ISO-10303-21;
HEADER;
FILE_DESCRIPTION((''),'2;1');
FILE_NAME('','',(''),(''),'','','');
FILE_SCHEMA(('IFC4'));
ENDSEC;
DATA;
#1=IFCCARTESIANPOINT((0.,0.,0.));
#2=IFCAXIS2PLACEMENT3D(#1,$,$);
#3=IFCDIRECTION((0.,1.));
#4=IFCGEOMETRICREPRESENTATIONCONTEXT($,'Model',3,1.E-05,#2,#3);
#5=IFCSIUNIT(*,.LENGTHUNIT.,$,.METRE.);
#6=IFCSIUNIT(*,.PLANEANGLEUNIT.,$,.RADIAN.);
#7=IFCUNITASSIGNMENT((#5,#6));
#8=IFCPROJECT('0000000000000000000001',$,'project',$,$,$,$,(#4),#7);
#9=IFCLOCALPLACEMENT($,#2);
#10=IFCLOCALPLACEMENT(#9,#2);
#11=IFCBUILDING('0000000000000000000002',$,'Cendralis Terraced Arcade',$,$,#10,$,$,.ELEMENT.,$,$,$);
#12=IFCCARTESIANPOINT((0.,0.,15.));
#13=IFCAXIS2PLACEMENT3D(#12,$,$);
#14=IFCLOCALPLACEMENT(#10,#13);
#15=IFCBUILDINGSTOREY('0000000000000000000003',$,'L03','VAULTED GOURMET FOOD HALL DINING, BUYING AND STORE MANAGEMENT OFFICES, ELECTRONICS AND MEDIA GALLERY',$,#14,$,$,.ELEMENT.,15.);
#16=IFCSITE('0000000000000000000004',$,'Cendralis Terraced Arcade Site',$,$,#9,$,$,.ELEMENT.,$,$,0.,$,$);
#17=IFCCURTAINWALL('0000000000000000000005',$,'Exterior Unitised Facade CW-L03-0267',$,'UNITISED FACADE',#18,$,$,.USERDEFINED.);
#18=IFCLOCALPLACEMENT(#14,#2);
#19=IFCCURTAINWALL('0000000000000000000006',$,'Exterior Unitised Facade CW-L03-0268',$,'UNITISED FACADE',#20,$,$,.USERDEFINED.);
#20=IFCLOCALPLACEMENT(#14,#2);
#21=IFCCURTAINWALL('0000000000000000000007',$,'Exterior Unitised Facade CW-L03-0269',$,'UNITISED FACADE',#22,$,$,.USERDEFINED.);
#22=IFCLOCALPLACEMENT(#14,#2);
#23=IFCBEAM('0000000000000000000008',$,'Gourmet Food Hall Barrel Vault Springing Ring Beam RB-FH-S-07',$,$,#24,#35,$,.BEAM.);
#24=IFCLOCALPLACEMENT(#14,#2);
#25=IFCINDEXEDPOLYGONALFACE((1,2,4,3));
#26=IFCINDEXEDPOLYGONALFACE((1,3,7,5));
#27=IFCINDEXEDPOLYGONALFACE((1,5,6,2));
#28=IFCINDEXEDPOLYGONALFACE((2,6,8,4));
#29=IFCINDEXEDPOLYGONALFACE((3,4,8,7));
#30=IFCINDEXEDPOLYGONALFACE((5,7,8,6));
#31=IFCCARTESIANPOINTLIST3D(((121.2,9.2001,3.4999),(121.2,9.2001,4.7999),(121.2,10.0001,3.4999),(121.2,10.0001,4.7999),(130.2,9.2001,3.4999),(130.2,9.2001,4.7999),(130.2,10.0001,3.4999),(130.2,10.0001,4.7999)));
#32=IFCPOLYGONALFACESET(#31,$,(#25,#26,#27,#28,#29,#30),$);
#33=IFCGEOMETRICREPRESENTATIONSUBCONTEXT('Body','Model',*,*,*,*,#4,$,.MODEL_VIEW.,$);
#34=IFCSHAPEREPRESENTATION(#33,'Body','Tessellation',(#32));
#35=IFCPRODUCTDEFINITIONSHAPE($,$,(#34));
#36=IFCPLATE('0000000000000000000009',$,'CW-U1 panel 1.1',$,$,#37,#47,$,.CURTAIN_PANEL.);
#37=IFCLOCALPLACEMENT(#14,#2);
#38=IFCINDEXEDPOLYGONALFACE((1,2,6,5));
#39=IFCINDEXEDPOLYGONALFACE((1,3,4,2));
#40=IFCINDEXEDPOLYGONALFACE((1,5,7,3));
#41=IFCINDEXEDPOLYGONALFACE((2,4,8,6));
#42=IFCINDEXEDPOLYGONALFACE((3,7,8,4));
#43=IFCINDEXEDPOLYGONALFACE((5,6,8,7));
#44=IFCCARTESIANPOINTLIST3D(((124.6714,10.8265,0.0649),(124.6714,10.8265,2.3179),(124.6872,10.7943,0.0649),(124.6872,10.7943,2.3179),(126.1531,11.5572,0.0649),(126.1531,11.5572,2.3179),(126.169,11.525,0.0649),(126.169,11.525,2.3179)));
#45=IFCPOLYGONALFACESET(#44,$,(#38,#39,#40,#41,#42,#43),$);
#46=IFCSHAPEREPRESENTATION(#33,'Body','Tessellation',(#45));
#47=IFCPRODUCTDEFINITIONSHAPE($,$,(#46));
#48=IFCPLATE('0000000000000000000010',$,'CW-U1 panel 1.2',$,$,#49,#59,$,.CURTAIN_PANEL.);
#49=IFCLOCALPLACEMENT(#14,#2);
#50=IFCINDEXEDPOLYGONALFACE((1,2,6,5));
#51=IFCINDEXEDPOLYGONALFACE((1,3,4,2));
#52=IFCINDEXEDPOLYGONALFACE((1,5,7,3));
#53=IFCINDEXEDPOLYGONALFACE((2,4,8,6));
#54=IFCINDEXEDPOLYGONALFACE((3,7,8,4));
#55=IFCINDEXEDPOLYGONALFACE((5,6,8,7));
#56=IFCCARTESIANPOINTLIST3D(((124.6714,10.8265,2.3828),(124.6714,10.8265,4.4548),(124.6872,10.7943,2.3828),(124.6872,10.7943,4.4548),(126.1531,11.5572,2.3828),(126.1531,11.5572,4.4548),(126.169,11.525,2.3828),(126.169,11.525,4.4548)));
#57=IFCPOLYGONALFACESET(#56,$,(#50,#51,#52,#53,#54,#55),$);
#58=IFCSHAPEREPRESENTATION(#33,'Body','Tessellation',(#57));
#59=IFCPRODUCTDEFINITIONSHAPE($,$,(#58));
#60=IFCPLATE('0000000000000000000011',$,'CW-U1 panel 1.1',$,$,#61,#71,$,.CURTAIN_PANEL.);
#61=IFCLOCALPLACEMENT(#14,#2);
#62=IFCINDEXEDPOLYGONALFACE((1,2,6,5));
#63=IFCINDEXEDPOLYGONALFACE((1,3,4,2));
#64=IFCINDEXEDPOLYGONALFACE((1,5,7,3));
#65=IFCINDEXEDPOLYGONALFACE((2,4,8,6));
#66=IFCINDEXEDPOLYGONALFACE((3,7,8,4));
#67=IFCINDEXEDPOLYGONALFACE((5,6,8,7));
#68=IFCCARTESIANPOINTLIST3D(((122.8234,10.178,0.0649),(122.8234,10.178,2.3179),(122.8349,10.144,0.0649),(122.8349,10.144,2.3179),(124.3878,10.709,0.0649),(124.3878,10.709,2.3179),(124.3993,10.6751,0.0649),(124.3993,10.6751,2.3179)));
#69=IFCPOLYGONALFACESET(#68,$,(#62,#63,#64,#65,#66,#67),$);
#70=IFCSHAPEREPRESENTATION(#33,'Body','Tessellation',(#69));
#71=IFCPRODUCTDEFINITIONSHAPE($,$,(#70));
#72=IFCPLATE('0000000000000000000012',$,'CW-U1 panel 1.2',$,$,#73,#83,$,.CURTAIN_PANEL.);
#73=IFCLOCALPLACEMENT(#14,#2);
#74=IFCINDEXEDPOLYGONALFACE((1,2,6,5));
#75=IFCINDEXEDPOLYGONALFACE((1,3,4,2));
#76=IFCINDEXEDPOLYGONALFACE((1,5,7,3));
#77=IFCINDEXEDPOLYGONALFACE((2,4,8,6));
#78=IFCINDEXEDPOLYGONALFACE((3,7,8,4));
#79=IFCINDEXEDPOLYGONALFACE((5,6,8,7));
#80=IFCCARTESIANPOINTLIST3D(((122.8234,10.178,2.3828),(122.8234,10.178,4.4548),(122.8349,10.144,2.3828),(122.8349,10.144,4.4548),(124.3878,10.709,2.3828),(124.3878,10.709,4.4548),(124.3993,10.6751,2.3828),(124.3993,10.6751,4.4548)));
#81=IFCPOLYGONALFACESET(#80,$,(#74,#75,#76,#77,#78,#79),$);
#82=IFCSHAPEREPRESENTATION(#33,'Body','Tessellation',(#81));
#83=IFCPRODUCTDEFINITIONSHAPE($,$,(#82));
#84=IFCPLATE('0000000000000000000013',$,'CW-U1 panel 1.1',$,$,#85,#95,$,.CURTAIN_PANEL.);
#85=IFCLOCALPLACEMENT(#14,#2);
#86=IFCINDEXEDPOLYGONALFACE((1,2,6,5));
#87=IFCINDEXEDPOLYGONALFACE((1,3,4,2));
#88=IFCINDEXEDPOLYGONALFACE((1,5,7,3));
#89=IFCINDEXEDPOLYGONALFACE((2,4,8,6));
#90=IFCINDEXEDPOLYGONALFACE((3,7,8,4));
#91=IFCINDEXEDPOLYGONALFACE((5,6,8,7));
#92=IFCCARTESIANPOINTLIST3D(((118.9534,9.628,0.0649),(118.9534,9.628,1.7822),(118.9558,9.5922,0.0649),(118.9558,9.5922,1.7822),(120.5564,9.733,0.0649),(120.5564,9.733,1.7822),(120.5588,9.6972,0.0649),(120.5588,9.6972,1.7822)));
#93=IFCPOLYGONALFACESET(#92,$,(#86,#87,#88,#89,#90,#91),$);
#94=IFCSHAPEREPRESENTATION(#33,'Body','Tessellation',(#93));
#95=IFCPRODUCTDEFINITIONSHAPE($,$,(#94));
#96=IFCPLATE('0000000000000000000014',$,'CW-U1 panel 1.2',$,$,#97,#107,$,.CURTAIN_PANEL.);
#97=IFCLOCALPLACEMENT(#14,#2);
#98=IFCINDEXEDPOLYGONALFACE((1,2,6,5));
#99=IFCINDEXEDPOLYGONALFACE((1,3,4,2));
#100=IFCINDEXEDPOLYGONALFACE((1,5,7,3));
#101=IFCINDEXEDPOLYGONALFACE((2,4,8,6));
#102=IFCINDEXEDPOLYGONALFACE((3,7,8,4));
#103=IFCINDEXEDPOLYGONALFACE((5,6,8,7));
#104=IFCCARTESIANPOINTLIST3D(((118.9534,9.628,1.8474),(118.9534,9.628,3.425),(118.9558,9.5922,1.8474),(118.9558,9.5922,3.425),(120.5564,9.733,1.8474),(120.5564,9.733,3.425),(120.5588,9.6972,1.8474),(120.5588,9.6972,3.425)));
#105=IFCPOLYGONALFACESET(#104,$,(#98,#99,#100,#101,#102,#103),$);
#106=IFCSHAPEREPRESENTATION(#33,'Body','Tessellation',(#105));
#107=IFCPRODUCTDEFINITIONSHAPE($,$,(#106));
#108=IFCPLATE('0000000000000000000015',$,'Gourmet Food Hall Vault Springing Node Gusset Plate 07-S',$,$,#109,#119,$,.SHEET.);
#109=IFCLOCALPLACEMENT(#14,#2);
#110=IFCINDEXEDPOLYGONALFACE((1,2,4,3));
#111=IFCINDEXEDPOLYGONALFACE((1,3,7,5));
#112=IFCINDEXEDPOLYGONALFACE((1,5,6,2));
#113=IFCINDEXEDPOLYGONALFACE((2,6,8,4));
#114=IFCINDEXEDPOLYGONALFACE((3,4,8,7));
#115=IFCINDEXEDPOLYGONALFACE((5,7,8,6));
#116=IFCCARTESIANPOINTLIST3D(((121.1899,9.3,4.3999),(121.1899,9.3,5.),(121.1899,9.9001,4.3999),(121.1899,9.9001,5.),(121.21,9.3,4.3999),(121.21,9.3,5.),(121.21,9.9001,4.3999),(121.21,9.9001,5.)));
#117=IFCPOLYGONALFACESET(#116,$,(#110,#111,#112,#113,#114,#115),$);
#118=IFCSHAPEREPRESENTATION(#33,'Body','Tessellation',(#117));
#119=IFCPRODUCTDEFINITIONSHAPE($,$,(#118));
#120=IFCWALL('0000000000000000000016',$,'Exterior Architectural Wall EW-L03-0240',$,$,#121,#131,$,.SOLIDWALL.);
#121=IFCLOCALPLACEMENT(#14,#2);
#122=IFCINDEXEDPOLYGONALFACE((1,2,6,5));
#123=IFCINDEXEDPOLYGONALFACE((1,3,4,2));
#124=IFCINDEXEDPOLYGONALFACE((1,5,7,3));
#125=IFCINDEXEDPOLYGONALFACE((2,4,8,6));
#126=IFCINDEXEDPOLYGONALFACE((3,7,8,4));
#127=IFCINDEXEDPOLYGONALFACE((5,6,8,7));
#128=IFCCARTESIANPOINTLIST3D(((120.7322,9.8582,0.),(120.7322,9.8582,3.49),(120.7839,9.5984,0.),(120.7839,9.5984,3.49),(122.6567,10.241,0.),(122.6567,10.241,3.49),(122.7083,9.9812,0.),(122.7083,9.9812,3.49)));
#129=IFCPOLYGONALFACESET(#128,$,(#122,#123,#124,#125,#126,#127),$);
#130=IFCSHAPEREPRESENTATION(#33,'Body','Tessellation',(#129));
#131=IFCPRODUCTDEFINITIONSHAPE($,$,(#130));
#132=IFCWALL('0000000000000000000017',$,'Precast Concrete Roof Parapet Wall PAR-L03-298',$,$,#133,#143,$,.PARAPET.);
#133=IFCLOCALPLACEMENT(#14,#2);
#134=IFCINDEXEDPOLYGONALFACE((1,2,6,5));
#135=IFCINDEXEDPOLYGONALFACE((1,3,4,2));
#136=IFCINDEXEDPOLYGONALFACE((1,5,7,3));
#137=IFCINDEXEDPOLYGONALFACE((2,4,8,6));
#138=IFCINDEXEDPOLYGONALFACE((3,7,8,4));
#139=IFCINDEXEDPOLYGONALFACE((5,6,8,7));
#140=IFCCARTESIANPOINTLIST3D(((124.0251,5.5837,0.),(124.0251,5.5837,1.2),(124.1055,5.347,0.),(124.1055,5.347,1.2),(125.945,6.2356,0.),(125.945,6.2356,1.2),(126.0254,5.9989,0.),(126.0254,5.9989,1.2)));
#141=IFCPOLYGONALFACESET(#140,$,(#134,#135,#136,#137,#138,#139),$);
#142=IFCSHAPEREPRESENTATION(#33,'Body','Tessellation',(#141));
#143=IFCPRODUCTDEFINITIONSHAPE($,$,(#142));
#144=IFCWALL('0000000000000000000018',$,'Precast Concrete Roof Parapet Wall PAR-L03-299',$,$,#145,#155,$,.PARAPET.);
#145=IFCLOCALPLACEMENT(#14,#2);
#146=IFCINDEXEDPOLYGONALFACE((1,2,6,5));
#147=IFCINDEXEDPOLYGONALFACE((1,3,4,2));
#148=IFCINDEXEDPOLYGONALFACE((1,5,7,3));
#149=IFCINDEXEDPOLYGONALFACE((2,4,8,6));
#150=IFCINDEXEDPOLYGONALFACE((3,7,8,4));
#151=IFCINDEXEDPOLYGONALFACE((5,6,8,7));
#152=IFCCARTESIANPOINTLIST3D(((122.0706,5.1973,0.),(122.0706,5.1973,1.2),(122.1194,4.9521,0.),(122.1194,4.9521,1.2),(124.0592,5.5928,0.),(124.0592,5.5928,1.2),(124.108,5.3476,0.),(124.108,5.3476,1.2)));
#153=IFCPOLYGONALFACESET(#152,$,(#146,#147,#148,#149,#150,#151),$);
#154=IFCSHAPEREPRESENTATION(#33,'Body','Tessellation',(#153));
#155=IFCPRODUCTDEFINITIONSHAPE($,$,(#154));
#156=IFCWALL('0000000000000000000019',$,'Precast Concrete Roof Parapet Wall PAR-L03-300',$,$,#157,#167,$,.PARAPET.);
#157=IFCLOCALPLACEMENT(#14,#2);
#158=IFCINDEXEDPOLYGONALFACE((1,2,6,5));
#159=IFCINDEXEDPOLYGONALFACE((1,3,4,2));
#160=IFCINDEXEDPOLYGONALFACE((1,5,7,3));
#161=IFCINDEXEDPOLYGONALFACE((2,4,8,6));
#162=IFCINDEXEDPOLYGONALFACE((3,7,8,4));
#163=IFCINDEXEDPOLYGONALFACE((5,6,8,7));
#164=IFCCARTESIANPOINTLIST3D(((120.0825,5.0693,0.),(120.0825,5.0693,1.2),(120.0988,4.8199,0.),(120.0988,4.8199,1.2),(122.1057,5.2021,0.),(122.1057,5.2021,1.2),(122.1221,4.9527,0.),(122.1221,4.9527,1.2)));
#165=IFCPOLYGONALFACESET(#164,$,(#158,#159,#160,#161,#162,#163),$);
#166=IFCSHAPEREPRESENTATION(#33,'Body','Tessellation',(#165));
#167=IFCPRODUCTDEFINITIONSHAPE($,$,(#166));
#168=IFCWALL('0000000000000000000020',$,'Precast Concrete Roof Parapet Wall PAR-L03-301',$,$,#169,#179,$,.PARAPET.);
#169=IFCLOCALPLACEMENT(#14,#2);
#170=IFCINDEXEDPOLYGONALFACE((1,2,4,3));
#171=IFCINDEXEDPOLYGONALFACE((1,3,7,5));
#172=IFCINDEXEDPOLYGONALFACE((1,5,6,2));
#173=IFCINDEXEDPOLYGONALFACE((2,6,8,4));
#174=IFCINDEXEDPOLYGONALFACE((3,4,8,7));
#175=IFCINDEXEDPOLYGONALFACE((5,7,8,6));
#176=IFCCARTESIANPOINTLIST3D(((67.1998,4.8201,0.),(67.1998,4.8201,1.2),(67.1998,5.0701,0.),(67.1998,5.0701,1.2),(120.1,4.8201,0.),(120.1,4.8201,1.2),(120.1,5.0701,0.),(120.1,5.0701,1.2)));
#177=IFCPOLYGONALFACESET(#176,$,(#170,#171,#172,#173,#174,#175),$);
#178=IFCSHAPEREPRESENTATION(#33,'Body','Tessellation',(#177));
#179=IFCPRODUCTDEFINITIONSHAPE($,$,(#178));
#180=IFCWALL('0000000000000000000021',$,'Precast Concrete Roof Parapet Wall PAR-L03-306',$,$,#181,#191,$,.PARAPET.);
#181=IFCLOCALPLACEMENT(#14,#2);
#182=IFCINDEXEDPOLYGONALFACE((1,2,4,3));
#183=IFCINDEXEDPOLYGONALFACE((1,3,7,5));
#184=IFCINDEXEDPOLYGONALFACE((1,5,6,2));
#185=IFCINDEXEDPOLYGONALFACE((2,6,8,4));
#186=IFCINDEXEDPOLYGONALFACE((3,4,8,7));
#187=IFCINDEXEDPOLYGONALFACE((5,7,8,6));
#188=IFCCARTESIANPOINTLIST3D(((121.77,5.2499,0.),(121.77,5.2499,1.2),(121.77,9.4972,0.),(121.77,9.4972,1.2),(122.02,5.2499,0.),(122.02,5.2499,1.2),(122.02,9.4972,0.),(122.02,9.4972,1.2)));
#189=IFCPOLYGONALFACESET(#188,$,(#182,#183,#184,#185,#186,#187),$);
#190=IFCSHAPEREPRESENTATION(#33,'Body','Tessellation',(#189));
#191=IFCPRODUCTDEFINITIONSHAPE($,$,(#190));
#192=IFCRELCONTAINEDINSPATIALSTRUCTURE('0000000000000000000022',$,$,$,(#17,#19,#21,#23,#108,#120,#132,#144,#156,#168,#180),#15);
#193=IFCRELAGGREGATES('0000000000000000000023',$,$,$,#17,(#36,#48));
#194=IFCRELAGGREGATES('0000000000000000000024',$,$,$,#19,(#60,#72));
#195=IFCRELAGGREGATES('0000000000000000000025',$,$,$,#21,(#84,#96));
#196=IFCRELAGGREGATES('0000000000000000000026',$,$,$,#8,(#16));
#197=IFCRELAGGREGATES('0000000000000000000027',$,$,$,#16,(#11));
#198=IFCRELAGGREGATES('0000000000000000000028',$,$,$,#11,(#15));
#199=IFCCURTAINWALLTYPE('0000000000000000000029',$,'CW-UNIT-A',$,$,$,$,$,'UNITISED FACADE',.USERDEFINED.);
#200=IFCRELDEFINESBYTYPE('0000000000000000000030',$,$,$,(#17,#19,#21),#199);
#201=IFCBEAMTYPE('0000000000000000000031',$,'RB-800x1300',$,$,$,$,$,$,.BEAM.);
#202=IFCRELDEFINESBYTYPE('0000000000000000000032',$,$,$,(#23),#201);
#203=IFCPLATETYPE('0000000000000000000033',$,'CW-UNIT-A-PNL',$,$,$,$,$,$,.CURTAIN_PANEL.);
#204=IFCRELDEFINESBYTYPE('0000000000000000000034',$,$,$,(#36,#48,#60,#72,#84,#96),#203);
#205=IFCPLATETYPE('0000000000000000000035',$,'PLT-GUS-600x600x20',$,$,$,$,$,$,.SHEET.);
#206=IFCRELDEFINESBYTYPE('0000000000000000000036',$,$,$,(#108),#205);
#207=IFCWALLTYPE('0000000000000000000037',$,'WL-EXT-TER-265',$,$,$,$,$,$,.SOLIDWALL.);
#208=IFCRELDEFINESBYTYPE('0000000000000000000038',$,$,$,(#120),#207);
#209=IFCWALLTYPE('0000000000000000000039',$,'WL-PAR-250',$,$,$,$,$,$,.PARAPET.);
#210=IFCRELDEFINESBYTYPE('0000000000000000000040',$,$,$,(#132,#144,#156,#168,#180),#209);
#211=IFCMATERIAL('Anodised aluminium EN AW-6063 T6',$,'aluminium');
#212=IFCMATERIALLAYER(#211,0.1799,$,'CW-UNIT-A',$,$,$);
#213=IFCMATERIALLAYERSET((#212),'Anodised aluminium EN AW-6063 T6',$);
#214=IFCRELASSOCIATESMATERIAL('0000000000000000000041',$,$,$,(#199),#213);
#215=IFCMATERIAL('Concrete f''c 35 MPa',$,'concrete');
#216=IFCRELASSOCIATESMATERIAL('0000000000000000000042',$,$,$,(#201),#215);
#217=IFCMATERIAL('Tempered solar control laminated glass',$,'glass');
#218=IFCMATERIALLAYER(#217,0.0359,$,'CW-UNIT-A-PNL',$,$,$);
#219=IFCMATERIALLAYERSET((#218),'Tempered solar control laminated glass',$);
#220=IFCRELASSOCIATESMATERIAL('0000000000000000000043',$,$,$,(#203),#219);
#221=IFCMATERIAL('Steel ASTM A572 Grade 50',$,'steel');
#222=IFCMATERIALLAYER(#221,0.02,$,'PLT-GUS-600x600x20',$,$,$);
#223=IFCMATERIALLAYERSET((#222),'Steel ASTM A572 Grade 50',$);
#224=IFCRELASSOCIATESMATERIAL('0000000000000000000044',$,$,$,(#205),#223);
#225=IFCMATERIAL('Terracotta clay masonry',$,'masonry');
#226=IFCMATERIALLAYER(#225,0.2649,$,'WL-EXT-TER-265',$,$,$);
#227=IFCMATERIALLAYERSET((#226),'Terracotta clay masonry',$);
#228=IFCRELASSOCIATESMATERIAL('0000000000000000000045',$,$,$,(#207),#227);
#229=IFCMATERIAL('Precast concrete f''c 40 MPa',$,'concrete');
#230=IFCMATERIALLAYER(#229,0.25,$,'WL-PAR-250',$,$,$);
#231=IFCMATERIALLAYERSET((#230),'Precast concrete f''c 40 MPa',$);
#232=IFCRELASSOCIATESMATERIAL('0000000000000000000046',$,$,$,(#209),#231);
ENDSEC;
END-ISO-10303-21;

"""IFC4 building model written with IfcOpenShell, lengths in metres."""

from ifc_helpers import new_model, si_unit, direction, frame, frame_2d, origin, origin_2d, place, context, subcontext, project, spatial, rectangle, extrude, material, layer, layer_set, material_profile, profile_set, type_object, element, aggregate, save


model = new_model("IFC4")

# Units and contexts
model_context = context("Model", 3, precision=1e-05, world=origin(), true_north=direction((0.0, 1.0)))
body_context = subcontext(model_context, "Body", "Model", "MODEL_VIEW")
ifc_project = project(units=[si_unit("LENGTHUNIT", "METRE"), si_unit("PLANEANGLEUNIT", "RADIAN")], contexts=[model_context])

# Site, building, storey
site_placement = place(None, origin())
site = spatial("IfcSite", under=ifc_project, at=site_placement, Name="Cendralis Terraced Arcade Site", CompositionType="ELEMENT", RefElevation=0.0)
building_placement = place(site_placement, origin())
building = spatial("IfcBuilding", under=site, at=building_placement, Name="Cendralis Terraced Arcade", CompositionType="ELEMENT")
storey_placement = place(building_placement, frame((0.0, 0.0, 15.0)))
storey = spatial("IfcBuildingStorey", under=building, at=storey_placement, Name="L03", Description="VAULTED GOURMET FOOD HALL DINING, BUYING AND STORE MANAGEMENT OFFICES, ELECTRONICS AND MEDIA GALLERY", CompositionType="ELEMENT", Elevation=15.0)

# Curtain wall
ifc_material_1 = material(Name="Anodised aluminium EN AW-6063 T6", Category="aluminium")
ifc_layer_1 = layer(ifc_material_1, 0.1799, Name="CW-UNIT-A")
ifc_layer_set_1 = layer_set([ifc_layer_1], Name="Anodised aluminium EN AW-6063 T6")
curtain_wall_type = type_object("IfcCurtainWallType", Name="CW-UNIT-A", ElementType="UNITISED FACADE", PredefinedType="USERDEFINED", material=ifc_layer_set_1)
curtain_wall_1_placement = place(storey_placement, origin())
curtain_wall_1 = element("IfcCurtainWall", 1, at=curtain_wall_1_placement, inside=storey, type_object=curtain_wall_type, Name="Exterior Unitised Facade CW-L03-0267", ObjectType="UNITISED FACADE", PredefinedType="USERDEFINED")

# Curtain wall
curtain_wall_2_placement = place(storey_placement, origin())
curtain_wall_2 = element("IfcCurtainWall", 2, at=curtain_wall_2_placement, inside=storey, type_object=curtain_wall_type, Name="Exterior Unitised Facade CW-L03-0268", ObjectType="UNITISED FACADE", PredefinedType="USERDEFINED")

# Curtain wall
curtain_wall_3_placement = place(storey_placement, origin())
curtain_wall_3 = element("IfcCurtainWall", 3, at=curtain_wall_3_placement, inside=storey, type_object=curtain_wall_type, Name="Exterior Unitised Facade CW-L03-0269", ObjectType="UNITISED FACADE", PredefinedType="USERDEFINED")

# Beam
ifc_material_2 = material(Name="Concrete f'c 35 MPa", Category="concrete")
ifc_material_profile_1 = material_profile(ifc_material_2, rectangle(XDim=0.8, YDim=1.3, at=origin_2d()), Name="RC-RB-800x1300", Category="LoadBearing")
ifc_profile_set_1 = profile_set([ifc_material_profile_1], Name="Concrete f'c 35 MPa")
beam_type = type_object("IfcBeamType", Name="RB-800x1300", PredefinedType="BEAM", material=ifc_profile_set_1)
beam_placement = place(storey_placement, frame((121.2, 9.6001, 4.1499), z_axis=(1.0, 0.0, 0.0), x_axis=(0.0, 1.0, 0.0)))
element("IfcBeam", 4, at=beam_placement, inside=storey, type_object=beam_type, Name="Gourmet Food Hall Barrel Vault Springing Ring Beam RB-FH-S-07", PredefinedType="BEAM", context=body_context, shape_type="SweptSolid", body=[
    extrude(rectangle(XDim=0.8, YDim=1.3, at=origin_2d()), origin(), (0.0, 0.0, 1.0), 9.0),
])

# Plates
ifc_material_3 = material(Name="Tempered solar control laminated glass", Category="glass")
ifc_layer_2 = layer(ifc_material_3, 0.0359, Name="CW-UNIT-A-PNL")
ifc_layer_set_2 = layer_set([ifc_layer_2], Name="Tempered solar control laminated glass")
plate_type_1 = type_object("IfcPlateType", Name="CW-UNIT-A-PNL", PredefinedType="CURTAIN_PANEL", material=ifc_layer_set_2)
plate_1_placement = place(storey_placement, frame((125.4202, 11.1758, 0.0649), z_axis=(0.0, 0.0, 1.0), x_axis=(-0.896871, -0.442291, 0.0)))
plate_1 = element("IfcPlate", 5, at=plate_1_placement, type_object=plate_type_1, Name="CW-U1 panel 1.1", PredefinedType="CURTAIN_PANEL", context=body_context, shape_type="SweptSolid", body=[
    extrude(rectangle(XDim=1.6521, YDim=0.0359, at=origin_2d()), origin(), (0.0, 0.0, 1.0), 2.2529),
])
plate_2_placement = place(storey_placement, frame((125.4202, 11.1758, 2.3828), z_axis=(0.0, 0.0, 1.0), x_axis=(-0.896871, -0.442291, 0.0)))
plate_2 = element("IfcPlate", 6, at=plate_2_placement, type_object=plate_type_1, Name="CW-U1 panel 1.2", PredefinedType="CURTAIN_PANEL", context=body_context, shape_type="SweptSolid", body=[
    extrude(rectangle(XDim=1.6521, YDim=0.0359, at=origin_2d()), origin(), (0.0, 0.0, 1.0), 2.072),
])
aggregate(curtain_wall_1, [plate_1, plate_2])
plate_3_placement = place(storey_placement, frame((123.6113, 10.4265, 0.0649), z_axis=(0.0, 0.0, 1.0), x_axis=(-0.946924, -0.321458, 0.0)))
plate_3 = element("IfcPlate", 7, at=plate_3_placement, type_object=plate_type_1, Name="CW-U1 panel 1.1", PredefinedType="CURTAIN_PANEL", context=body_context, shape_type="SweptSolid", body=[
    extrude(rectangle(XDim=1.6521, YDim=0.0359, at=origin_2d()), origin(), (0.0, 0.0, 1.0), 2.2529),
])
plate_4_placement = place(storey_placement, frame((123.6113, 10.4265, 2.3828), z_axis=(0.0, 0.0, 1.0), x_axis=(-0.946924, -0.321458, 0.0)))
plate_4 = element("IfcPlate", 8, at=plate_4_placement, type_object=plate_type_1, Name="CW-U1 panel 1.2", PredefinedType="CURTAIN_PANEL", context=body_context, shape_type="SweptSolid", body=[
    extrude(rectangle(XDim=1.6521, YDim=0.0359, at=origin_2d()), origin(), (0.0, 0.0, 1.0), 2.072),
])
aggregate(curtain_wall_2, [plate_3, plate_4])
plate_5_placement = place(storey_placement, frame((119.7561, 9.6626, 0.0649), z_axis=(0.0, 0.0, 1.0), x_axis=(-0.997861, -0.065365, 0.0)))
plate_5 = element("IfcPlate", 9, at=plate_5_placement, type_object=plate_type_1, Name="CW-U1 panel 1.1", PredefinedType="CURTAIN_PANEL", context=body_context, shape_type="SweptSolid", body=[
    extrude(rectangle(XDim=1.6064, YDim=0.0359, at=origin_2d()), origin(), (0.0, 0.0, 1.0), 1.7173),
])
plate_6_placement = place(storey_placement, frame((119.7561, 9.6626, 1.8474), z_axis=(0.0, 0.0, 1.0), x_axis=(-0.997861, -0.065365, 0.0)))
plate_6 = element("IfcPlate", 10, at=plate_6_placement, type_object=plate_type_1, Name="CW-U1 panel 1.2", PredefinedType="CURTAIN_PANEL", context=body_context, shape_type="SweptSolid", body=[
    extrude(rectangle(XDim=1.6064, YDim=0.0359, at=origin_2d()), origin(), (0.0, 0.0, 1.0), 1.5776),
])
aggregate(curtain_wall_3, [plate_5, plate_6])
ifc_material_4 = material(Name="Steel ASTM A572 Grade 50", Category="steel")
ifc_layer_3 = layer(ifc_material_4, 0.02, Name="PLT-GUS-600x600x20")
ifc_layer_set_3 = layer_set([ifc_layer_3], Name="Steel ASTM A572 Grade 50")
plate_type_2 = type_object("IfcPlateType", Name="PLT-GUS-600x600x20", PredefinedType="SHEET", material=ifc_layer_set_3)
plate_7_placement = place(storey_placement, frame((121.2, 9.6001, 4.3999), z_axis=(0.0, 0.0, 1.0), x_axis=(0.0, 1.0, 0.0)))
element("IfcPlate", 11, at=plate_7_placement, inside=storey, type_object=plate_type_2, Name="Gourmet Food Hall Vault Springing Node Gusset Plate 07-S", PredefinedType="SHEET", context=body_context, shape_type="SweptSolid", body=[
    extrude(rectangle(XDim=0.6001, YDim=0.02, at=origin_2d()), origin(), (0.0, 0.0, 1.0), 0.6001),
])

# Walls
ifc_material_5 = material(Name="Terracotta clay masonry", Category="masonry")
ifc_layer_4 = layer(ifc_material_5, 0.2649, Name="WL-EXT-TER-265")
ifc_layer_set_4 = layer_set([ifc_layer_4], Name="Terracotta clay masonry")
wall_type_1 = type_object("IfcWallType", Name="WL-EXT-TER-265", PredefinedType="SOLIDWALL", material=ifc_layer_set_4)
wall_1_placement = place(storey_placement, frame((122.6824, 10.1111, 0.0), z_axis=(0.0, 0.0, 1.0), x_axis=(-0.980786, -0.195087, 0.0)))
element("IfcWall", 12, at=wall_1_placement, inside=storey, type_object=wall_type_1, Name="Exterior Architectural Wall EW-L03-0240", PredefinedType="SOLIDWALL", context=body_context, shape_type="SweptSolid", body=[
    extrude(rectangle(XDim=1.9622, YDim=0.2649, at=frame_2d((0.981, 0.0))), origin(), (0.0, 0.0, 1.0), 3.49),
])
ifc_material_6 = material(Name="Precast concrete f'c 40 MPa", Category="concrete")
ifc_layer_5 = layer(ifc_material_6, 0.25, Name="WL-PAR-250")
ifc_layer_set_5 = layer_set([ifc_layer_5], Name="Precast concrete f'c 40 MPa")
wall_type_2 = type_object("IfcWallType", Name="WL-PAR-250", PredefinedType="PARAPET", material=ifc_layer_set_5)
for number, where, z_axis, x_axis, name in (
    (13, (125.9851, 6.1172, 0.0), (0.0, 0.0, 1.0), (-0.946911, -0.321497, 0.0), "Precast Concrete Roof Parapet Wall PAR-L03-298"),
    (14, (124.0835, 5.4702, 0.0), (0.0, 0.0, 1.0), (-0.980789, -0.195074, 0.0), "Precast Concrete Roof Parapet Wall PAR-L03-299"),
    (15, (122.1138, 5.0774, 0.0), (0.0, 0.0, 1.0), (-0.997852, -0.065504, 0.0), "Precast Concrete Roof Parapet Wall PAR-L03-300"),
):
    element("IfcWall", number, at=place(storey_placement, frame(where, z_axis=z_axis, x_axis=x_axis)), inside=storey, type_object=wall_type_2, Name=name, PredefinedType="PARAPET", context=body_context, shape_type="SweptSolid", body=[
        extrude(rectangle(XDim=2.0276, YDim=0.25, at=frame_2d((1.0137, 0.0))), origin(), (0.0, 0.0, 1.0), 1.2),
    ])
wall_2_placement = place(storey_placement, frame((120.1001, 4.9451, 0.0), z_axis=(0.0, 0.0, 1.0), x_axis=(-1.0, 0.0, 0.0)))
element("IfcWall", 16, at=wall_2_placement, inside=storey, type_object=wall_type_2, Name="Precast Concrete Roof Parapet Wall PAR-L03-301", PredefinedType="PARAPET", context=body_context, shape_type="SweptSolid", body=[
    extrude(rectangle(XDim=52.9001, YDim=0.25, at=frame_2d((26.4502, 0.0))), origin(), (0.0, 0.0, 1.0), 1.2),
])
wall_3_placement = place(storey_placement, frame((121.895, 5.25, 0.0), z_axis=(0.0, 0.0, 1.0), x_axis=(0.0, 1.0, 0.0)))
element("IfcWall", 17, at=wall_3_placement, inside=storey, type_object=wall_type_2, Name="Precast Concrete Roof Parapet Wall PAR-L03-306", PredefinedType="PARAPET", context=body_context, shape_type="SweptSolid", body=[
    extrude(rectangle(XDim=4.2473, YDim=0.25, at=frame_2d((2.1235, 0.0))), origin(), (0.0, 0.0, 1.0), 1.2),
])

save(model, "model.ifc")
